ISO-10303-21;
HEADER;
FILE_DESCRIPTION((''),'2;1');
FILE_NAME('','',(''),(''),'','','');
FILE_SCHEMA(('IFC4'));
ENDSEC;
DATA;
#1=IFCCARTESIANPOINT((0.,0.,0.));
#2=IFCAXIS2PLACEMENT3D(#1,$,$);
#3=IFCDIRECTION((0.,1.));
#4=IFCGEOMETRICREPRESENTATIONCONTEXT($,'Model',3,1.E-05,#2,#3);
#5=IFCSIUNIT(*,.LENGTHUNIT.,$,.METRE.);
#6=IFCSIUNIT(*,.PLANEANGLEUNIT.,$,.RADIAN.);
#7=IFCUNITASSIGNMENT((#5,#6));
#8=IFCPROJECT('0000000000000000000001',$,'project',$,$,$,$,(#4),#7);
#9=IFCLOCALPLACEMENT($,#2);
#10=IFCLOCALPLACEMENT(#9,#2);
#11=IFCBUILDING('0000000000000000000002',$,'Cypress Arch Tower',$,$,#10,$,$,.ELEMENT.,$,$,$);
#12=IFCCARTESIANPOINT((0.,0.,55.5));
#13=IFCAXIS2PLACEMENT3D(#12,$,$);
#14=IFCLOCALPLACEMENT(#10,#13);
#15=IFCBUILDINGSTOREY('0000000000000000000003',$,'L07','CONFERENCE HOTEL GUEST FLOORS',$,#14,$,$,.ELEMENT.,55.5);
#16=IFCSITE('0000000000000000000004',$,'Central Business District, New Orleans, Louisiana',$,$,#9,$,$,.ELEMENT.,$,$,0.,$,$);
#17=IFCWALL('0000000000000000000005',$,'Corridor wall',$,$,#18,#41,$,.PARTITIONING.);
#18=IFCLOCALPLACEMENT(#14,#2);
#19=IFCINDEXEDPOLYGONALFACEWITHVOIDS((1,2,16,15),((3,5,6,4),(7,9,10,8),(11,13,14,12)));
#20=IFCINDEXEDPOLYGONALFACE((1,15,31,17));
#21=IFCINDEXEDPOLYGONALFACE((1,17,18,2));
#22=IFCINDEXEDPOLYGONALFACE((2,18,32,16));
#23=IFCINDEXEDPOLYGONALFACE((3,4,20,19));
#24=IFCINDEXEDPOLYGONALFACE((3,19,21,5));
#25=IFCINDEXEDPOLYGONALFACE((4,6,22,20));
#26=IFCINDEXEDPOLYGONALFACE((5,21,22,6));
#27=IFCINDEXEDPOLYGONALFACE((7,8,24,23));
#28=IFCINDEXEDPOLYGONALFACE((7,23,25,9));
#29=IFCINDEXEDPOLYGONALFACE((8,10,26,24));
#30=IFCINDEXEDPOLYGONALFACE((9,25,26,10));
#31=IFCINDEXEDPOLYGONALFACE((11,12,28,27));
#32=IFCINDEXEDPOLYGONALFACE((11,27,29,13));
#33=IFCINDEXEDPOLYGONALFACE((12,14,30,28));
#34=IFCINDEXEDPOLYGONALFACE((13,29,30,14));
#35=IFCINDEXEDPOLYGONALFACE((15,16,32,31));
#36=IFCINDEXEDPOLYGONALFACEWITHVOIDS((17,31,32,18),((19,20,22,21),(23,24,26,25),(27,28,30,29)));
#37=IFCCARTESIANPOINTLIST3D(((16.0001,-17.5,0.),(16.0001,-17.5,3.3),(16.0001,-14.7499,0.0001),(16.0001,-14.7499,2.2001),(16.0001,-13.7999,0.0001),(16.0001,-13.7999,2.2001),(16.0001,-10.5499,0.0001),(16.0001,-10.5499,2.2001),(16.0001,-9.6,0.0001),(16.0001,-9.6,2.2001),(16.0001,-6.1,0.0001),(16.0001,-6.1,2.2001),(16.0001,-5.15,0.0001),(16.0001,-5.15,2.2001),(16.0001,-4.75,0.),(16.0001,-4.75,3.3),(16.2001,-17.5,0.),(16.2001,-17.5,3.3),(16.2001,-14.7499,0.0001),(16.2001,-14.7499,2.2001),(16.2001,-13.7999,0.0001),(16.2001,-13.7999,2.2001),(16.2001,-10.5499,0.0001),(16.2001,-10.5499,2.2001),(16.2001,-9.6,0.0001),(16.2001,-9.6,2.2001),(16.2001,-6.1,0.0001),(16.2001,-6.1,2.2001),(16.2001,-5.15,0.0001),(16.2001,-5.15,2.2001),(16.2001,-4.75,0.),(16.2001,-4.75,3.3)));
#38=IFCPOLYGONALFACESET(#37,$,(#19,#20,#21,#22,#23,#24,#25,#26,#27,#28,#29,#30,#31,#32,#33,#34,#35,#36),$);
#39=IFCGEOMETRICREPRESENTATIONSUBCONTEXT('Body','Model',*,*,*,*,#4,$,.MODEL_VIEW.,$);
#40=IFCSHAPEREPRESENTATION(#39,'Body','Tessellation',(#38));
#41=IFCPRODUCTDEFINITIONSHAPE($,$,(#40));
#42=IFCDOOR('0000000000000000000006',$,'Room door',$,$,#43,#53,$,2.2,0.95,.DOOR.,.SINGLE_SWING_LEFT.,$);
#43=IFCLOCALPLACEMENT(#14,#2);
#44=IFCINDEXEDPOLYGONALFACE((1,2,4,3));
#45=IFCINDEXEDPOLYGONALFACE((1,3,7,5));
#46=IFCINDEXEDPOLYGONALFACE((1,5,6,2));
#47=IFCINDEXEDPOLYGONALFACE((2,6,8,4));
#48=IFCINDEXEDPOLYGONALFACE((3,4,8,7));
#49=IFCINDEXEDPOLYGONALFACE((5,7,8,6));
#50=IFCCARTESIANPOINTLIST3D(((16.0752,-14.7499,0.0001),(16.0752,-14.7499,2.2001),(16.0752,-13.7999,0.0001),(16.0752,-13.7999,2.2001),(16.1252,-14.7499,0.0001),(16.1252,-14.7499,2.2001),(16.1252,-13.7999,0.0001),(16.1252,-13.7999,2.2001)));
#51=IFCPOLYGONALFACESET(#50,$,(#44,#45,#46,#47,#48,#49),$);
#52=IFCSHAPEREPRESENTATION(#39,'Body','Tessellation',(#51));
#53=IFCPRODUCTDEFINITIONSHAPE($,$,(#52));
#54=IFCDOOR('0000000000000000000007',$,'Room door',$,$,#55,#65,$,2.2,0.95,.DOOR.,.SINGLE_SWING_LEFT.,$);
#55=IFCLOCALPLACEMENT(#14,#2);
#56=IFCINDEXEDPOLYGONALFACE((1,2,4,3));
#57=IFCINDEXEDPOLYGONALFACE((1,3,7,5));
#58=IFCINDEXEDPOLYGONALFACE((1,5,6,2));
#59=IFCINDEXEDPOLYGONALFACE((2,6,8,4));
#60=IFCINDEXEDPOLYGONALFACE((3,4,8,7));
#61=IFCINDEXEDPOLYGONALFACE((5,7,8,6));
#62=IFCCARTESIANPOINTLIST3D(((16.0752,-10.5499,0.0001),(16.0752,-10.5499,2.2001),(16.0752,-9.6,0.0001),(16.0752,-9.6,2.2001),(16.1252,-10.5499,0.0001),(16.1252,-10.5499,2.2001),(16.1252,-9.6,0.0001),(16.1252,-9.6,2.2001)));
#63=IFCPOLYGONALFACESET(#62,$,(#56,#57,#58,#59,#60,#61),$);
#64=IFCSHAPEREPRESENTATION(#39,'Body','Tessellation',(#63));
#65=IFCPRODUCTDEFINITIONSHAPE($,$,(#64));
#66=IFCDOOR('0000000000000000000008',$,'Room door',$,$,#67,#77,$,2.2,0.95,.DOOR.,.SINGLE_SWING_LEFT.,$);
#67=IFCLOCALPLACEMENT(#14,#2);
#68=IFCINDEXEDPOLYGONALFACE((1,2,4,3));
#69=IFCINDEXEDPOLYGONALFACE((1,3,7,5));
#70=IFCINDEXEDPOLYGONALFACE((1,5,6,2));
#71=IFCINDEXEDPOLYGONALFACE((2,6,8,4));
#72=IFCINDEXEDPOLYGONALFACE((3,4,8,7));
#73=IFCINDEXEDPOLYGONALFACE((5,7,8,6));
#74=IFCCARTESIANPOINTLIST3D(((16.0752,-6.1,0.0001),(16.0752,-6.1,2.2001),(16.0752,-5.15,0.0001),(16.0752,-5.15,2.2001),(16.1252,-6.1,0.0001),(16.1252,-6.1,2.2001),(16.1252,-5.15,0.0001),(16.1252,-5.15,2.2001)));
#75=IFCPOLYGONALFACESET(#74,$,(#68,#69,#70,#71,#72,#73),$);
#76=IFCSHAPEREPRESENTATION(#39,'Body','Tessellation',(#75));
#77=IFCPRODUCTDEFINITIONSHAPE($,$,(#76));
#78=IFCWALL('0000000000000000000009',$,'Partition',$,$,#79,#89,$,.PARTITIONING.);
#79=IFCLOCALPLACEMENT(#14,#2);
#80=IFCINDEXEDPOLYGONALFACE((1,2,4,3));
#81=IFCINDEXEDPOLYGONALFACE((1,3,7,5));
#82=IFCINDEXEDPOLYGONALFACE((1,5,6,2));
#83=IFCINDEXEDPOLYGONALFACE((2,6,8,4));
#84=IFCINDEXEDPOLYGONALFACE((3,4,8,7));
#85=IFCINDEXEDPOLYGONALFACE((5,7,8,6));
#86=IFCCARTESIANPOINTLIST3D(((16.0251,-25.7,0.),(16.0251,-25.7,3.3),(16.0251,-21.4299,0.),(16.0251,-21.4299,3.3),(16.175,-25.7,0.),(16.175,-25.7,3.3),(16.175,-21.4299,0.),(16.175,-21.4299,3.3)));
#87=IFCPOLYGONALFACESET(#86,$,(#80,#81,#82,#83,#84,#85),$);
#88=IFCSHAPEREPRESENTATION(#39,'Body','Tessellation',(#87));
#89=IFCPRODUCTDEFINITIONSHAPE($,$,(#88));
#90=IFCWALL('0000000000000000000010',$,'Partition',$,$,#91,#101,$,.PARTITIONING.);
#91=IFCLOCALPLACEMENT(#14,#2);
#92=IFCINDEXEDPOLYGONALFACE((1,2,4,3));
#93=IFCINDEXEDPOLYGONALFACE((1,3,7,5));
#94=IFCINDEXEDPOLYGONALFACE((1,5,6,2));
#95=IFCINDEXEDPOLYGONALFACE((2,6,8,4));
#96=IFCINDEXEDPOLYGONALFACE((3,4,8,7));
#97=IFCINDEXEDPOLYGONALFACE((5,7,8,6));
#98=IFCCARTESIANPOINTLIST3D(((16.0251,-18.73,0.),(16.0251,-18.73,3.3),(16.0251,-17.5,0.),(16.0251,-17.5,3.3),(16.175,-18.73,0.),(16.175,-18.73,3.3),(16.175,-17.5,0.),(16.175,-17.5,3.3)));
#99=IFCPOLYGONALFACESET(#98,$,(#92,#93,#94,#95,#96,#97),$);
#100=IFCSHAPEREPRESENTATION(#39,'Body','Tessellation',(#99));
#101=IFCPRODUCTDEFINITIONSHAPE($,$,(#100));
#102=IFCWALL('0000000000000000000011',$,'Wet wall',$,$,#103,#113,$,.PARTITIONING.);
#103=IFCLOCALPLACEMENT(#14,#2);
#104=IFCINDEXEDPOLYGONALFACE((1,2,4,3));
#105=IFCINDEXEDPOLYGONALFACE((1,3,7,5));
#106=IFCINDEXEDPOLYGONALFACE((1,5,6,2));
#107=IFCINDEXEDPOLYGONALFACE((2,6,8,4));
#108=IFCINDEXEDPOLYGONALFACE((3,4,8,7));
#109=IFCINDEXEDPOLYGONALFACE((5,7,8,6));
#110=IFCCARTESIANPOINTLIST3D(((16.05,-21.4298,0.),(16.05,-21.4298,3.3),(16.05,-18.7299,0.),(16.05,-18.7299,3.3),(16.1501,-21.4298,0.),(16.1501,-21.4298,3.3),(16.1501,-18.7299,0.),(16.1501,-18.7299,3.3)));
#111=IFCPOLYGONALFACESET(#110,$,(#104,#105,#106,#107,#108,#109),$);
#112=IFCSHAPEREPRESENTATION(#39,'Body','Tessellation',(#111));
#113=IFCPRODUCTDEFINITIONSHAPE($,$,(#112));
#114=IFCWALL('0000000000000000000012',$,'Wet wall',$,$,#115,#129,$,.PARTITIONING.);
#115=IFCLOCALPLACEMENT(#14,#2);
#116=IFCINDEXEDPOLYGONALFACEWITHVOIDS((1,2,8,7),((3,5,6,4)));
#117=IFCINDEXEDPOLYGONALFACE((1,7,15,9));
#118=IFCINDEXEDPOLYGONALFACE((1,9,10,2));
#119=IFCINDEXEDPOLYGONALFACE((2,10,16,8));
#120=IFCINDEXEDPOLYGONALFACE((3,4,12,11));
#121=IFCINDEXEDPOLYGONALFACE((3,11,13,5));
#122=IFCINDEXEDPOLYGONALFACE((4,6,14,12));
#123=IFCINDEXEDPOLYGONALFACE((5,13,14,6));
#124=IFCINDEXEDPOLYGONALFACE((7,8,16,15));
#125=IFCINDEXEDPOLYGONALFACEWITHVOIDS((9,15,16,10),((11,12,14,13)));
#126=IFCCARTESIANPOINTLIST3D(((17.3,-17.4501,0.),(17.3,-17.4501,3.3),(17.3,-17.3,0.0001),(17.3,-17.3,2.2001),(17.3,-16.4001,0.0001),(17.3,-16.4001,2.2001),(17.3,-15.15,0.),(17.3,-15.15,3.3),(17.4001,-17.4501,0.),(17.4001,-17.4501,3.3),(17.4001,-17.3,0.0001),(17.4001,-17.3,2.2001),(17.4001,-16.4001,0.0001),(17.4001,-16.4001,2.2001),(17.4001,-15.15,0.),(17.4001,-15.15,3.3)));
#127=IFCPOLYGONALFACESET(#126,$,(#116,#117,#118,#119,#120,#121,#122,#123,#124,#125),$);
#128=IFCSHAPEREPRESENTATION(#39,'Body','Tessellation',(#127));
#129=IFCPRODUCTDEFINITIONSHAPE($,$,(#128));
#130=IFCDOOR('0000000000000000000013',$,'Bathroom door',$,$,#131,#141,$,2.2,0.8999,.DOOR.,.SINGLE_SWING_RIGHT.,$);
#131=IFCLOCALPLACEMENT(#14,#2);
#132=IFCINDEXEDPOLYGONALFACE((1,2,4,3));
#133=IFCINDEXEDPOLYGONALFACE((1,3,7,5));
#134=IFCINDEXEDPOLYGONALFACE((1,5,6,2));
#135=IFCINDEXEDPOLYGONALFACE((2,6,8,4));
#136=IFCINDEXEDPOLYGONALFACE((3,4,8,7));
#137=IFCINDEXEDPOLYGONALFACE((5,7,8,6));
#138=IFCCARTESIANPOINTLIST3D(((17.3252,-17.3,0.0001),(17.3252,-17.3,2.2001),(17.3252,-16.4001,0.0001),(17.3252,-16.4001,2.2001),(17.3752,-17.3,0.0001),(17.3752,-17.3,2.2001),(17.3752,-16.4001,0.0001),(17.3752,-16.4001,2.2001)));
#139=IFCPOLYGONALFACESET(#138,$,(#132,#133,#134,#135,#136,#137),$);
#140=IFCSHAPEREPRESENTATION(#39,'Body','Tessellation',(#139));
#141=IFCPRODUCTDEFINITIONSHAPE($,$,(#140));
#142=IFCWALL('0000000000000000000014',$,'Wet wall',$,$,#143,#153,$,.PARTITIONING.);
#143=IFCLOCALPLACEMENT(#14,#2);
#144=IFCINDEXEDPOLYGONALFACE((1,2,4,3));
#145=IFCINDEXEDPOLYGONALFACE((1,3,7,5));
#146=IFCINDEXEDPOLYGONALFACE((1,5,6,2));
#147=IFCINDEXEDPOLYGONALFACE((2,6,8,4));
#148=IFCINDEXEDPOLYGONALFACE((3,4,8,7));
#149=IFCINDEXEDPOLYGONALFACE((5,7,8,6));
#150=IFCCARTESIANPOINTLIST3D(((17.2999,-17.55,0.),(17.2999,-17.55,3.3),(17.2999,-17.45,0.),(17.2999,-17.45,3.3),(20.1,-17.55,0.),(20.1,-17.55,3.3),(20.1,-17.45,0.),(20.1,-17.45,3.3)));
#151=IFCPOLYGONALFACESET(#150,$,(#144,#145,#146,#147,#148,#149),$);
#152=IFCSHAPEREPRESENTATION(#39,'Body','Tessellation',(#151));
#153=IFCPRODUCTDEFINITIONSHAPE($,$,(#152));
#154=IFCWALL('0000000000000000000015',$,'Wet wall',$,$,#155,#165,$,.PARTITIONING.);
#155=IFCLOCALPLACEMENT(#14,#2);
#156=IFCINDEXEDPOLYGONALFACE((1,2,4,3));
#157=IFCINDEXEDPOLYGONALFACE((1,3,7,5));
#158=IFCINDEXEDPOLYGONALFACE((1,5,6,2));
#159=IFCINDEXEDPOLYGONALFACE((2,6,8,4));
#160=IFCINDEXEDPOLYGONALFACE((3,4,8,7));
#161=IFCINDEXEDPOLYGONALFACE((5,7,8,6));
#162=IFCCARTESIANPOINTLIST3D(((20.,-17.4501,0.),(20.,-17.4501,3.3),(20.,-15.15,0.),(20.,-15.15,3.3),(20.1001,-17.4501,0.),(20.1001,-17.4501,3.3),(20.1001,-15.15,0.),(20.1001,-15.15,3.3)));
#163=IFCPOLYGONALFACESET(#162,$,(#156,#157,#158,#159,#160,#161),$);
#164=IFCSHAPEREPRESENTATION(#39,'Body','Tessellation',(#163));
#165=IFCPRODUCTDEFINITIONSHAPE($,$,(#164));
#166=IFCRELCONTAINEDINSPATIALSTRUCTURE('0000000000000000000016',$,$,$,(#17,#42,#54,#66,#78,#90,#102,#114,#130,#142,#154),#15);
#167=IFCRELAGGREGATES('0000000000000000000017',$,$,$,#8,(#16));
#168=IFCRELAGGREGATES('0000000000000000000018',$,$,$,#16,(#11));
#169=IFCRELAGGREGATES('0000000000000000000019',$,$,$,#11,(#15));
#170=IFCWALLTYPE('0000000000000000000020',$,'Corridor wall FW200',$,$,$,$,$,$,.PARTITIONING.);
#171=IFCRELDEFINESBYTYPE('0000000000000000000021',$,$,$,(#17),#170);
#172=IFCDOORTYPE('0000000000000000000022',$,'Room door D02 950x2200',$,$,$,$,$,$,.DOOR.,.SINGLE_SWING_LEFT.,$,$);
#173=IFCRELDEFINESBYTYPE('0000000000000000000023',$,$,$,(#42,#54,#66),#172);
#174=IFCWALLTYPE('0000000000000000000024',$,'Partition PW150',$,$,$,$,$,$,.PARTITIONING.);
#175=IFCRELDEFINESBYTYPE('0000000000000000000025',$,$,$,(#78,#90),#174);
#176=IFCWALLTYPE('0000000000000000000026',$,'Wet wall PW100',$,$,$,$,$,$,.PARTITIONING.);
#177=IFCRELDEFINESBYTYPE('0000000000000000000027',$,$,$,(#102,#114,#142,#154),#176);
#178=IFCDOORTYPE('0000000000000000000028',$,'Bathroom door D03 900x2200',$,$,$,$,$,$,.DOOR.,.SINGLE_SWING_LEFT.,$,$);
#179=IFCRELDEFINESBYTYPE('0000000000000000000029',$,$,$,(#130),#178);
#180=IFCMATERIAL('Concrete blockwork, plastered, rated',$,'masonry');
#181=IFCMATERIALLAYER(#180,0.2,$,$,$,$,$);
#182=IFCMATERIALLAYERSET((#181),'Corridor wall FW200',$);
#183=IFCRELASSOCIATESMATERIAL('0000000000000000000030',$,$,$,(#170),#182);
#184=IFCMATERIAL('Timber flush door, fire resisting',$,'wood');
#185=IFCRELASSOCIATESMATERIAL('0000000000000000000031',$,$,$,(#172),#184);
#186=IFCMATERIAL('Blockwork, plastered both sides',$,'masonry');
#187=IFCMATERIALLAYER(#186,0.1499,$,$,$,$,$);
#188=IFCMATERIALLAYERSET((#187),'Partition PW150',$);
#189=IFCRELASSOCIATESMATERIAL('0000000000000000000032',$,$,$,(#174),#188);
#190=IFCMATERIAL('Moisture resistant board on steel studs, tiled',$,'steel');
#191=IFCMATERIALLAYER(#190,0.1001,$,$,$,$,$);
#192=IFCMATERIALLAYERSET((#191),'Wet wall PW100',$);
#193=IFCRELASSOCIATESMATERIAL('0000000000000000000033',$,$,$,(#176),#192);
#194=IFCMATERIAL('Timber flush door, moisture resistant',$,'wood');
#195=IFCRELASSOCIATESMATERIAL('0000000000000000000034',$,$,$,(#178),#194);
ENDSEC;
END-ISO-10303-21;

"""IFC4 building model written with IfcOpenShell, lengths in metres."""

from ifc_helpers import new_model, si_unit, direction, frame, frame_2d, origin, place, context, subcontext, project, spatial, rectangle, extrude, material, layer, layer_set, type_object, element, fill, save


model = new_model("IFC4")

# Units and contexts
model_context = context("Model", 3, precision=1e-05, world=origin(), true_north=direction((0.0, 1.0)))
body_context = subcontext(model_context, "Body", "Model", "MODEL_VIEW")
ifc_project = project(units=[si_unit("LENGTHUNIT", "METRE"), si_unit("PLANEANGLEUNIT", "RADIAN")], contexts=[model_context])

# Site, building, storey
site_placement = place(None, origin())
site = spatial("IfcSite", under=ifc_project, at=site_placement, Name="Central Business District, New Orleans, Louisiana", CompositionType="ELEMENT", RefElevation=0.0)
building_placement = place(site_placement, origin())
building = spatial("IfcBuilding", under=site, at=building_placement, Name="Cypress Arch Tower", CompositionType="ELEMENT")
storey_placement = place(building_placement, frame((0.0, 0.0, 55.5)))
storey = spatial("IfcBuildingStorey", under=building, at=storey_placement, Name="L07", Description="CONFERENCE HOTEL GUEST FLOORS", CompositionType="ELEMENT", Elevation=55.5)

# Wall, openings, doors
ifc_material_1 = material(Name="Concrete blockwork, plastered, rated", Category="masonry")
ifc_layer_1 = layer(ifc_material_1, 0.2)
ifc_layer_set_1 = layer_set([ifc_layer_1], Name="Corridor wall FW200")
wall_type_1 = type_object("IfcWallType", Name="Corridor wall FW200", PredefinedType="PARTITIONING", material=ifc_layer_set_1)
wall_1_placement = place(storey_placement, frame((16.1001, -17.5, 0.0), z_axis=(0.0, 0.0, 1.0), x_axis=(0.0, 1.0, 0.0)))
wall_1 = element("IfcWall", 1, at=wall_1_placement, inside=storey, type_object=wall_type_1, Name="Corridor wall", PredefinedType="PARTITIONING", context=body_context, shape_type="SweptSolid", body=[
    extrude(rectangle(XDim=12.75, YDim=0.2, at=frame_2d((6.375, 0.0))), origin(), (0.0, 0.0, 1.0), 3.3),
])
opening_1_placement = place(wall_1_placement, frame((2.75, 0.0, 0.0)))
opening_1 = element("IfcOpeningElement", 2, at=opening_1_placement, cuts=wall_1, PredefinedType="OPENING", context=body_context, shape_type="SweptSolid", body=[
    extrude(rectangle(XDim=0.95, YDim=2.2, at=frame_2d((0.4751, 1.1001))), frame((0.0, 0.1099, 0.0), z_axis=(0.0, -1.0, 0.0), x_axis=(1.0, 0.0, 0.0)), (0.0, 0.0, 1.0), 0.22),
])
opening_2_placement = place(wall_1_placement, frame((6.95, 0.0, 0.0)))
opening_2 = element("IfcOpeningElement", 3, at=opening_2_placement, cuts=wall_1, PredefinedType="OPENING", context=body_context, shape_type="SweptSolid", body=[
    extrude(rectangle(XDim=0.95, YDim=2.2, at=frame_2d((0.4751, 1.1001))), frame((0.0, 0.1099, 0.0), z_axis=(0.0, -1.0, 0.0), x_axis=(1.0, 0.0, 0.0)), (0.0, 0.0, 1.0), 0.22),
])
opening_3_placement = place(wall_1_placement, frame((11.3999, 0.0, 0.0)))
opening_3 = element("IfcOpeningElement", 4, at=opening_3_placement, cuts=wall_1, PredefinedType="OPENING", context=body_context, shape_type="SweptSolid", body=[
    extrude(rectangle(XDim=0.95, YDim=2.2, at=frame_2d((0.4751, 1.1001))), frame((0.0, 0.1099, 0.0), z_axis=(0.0, -1.0, 0.0), x_axis=(1.0, 0.0, 0.0)), (0.0, 0.0, 1.0), 0.22),
])
ifc_material_2 = material(Name="Timber flush door, fire resisting", Category="wood")
door_type_1 = type_object("IfcDoorType", Name="Room door D02 950x2200", OperationType="SINGLE_SWING_LEFT", PredefinedType="DOOR", material=ifc_material_2)
door_1_placement = place(opening_1_placement, origin())
door_1 = element("IfcDoor", 5, at=door_1_placement, inside=storey, type_object=door_type_1, Name="Room door", OperationType="SINGLE_SWING_LEFT", OverallHeight=2.2, OverallWidth=0.95, PredefinedType="DOOR", context=body_context, shape_type="SweptSolid", body=[
    extrude(rectangle(XDim=0.95, YDim=2.2, at=frame_2d((0.4751, 1.1001))), frame((0.0, 0.0249, 0.0), z_axis=(0.0, -1.0, 0.0), x_axis=(1.0, 0.0, 0.0)), (0.0, 0.0, 1.0), 0.05),
])
fill(opening_1, door_1)
door_2_placement = place(opening_2_placement, origin())
door_2 = element("IfcDoor", 6, at=door_2_placement, inside=storey, type_object=door_type_1, Name="Room door", OperationType="SINGLE_SWING_LEFT", OverallHeight=2.2, OverallWidth=0.95, PredefinedType="DOOR", context=body_context, shape_type="SweptSolid", body=[
    extrude(rectangle(XDim=0.95, YDim=2.2, at=frame_2d((0.4751, 1.1001))), frame((0.0, 0.0249, 0.0), z_axis=(0.0, -1.0, 0.0), x_axis=(1.0, 0.0, 0.0)), (0.0, 0.0, 1.0), 0.05),
])
fill(opening_2, door_2)
door_3_placement = place(opening_3_placement, origin())
door_3 = element("IfcDoor", 7, at=door_3_placement, inside=storey, type_object=door_type_1, Name="Room door", OperationType="SINGLE_SWING_LEFT", OverallHeight=2.2, OverallWidth=0.95, PredefinedType="DOOR", context=body_context, shape_type="SweptSolid", body=[
    extrude(rectangle(XDim=0.95, YDim=2.2, at=frame_2d((0.4751, 1.1001))), frame((0.0, 0.0249, 0.0), z_axis=(0.0, -1.0, 0.0), x_axis=(1.0, 0.0, 0.0)), (0.0, 0.0, 1.0), 0.05),
])
fill(opening_3, door_3)

# Walls
ifc_material_3 = material(Name="Blockwork, plastered both sides", Category="masonry")
ifc_layer_2 = layer(ifc_material_3, 0.1499)
ifc_layer_set_2 = layer_set([ifc_layer_2], Name="Partition PW150")
wall_type_2 = type_object("IfcWallType", Name="Partition PW150", PredefinedType="PARTITIONING", material=ifc_layer_set_2)
wall_2_placement = place(storey_placement, frame((16.1001, -25.7, 0.0), z_axis=(0.0, 0.0, 1.0), x_axis=(0.0, 1.0, 0.0)))
element("IfcWall", 8, at=wall_2_placement, inside=storey, type_object=wall_type_2, Name="Partition", PredefinedType="PARTITIONING", context=body_context, shape_type="SweptSolid", body=[
    extrude(rectangle(XDim=4.27, YDim=0.1499, at=frame_2d((2.135, 0.0))), origin(), (0.0, 0.0, 1.0), 3.3),
])
wall_3_placement = place(storey_placement, frame((16.1001, -18.73, 0.0), z_axis=(0.0, 0.0, 1.0), x_axis=(0.0, 1.0, 0.0)))
element("IfcWall", 9, at=wall_3_placement, inside=storey, type_object=wall_type_2, Name="Partition", PredefinedType="PARTITIONING", context=body_context, shape_type="SweptSolid", body=[
    extrude(rectangle(XDim=1.23, YDim=0.1499, at=frame_2d((0.615, 0.0))), origin(), (0.0, 0.0, 1.0), 3.3),
])
ifc_material_4 = material(Name="Moisture resistant board on steel studs, tiled", Category="steel")
ifc_layer_3 = layer(ifc_material_4, 0.1001)
ifc_layer_set_3 = layer_set([ifc_layer_3], Name="Wet wall PW100")
wall_type_3 = type_object("IfcWallType", Name="Wet wall PW100", PredefinedType="PARTITIONING", material=ifc_layer_set_3)
wall_4_placement = place(storey_placement, frame((16.1001, -21.4299, 0.0), z_axis=(0.0, 0.0, 1.0), x_axis=(0.0, 1.0, 0.0)))
element("IfcWall", 10, at=wall_4_placement, inside=storey, type_object=wall_type_3, Name="Wet wall", PredefinedType="PARTITIONING", context=body_context, shape_type="SweptSolid", body=[
    extrude(rectangle(XDim=2.7, YDim=0.1001, at=frame_2d((1.3501, 0.0))), origin(), (0.0, 0.0, 1.0), 3.3),
])

# Wall, opening, door
wall_5_placement = place(storey_placement, frame((17.3501, -17.45, 0.0), z_axis=(0.0, 0.0, 1.0), x_axis=(0.0, 1.0, 0.0)))
wall_5 = element("IfcWall", 11, at=wall_5_placement, inside=storey, type_object=wall_type_3, Name="Wet wall", PredefinedType="PARTITIONING", context=body_context, shape_type="SweptSolid", body=[
    extrude(rectangle(XDim=2.3, YDim=0.1001, at=frame_2d((1.1499, 0.0))), origin(), (0.0, 0.0, 1.0), 3.3),
])
opening_4_placement = place(wall_5_placement, frame((0.1499, 0.0, 0.0)))
opening_4 = element("IfcOpeningElement", 12, at=opening_4_placement, cuts=wall_5, PredefinedType="OPENING", context=body_context, shape_type="SweptSolid", body=[
    extrude(rectangle(XDim=0.8999, YDim=2.2, at=frame_2d((0.45, 1.1001))), frame((0.0, 0.0601, 0.0), z_axis=(0.0, -1.0, 0.0), x_axis=(1.0, 0.0, 0.0)), (0.0, 0.0, 1.0), 0.1201),
])
ifc_material_5 = material(Name="Timber flush door, moisture resistant", Category="wood")
door_type_2 = type_object("IfcDoorType", Name="Bathroom door D03 900x2200", OperationType="SINGLE_SWING_LEFT", PredefinedType="DOOR", material=ifc_material_5)
door_4_placement = place(opening_4_placement, origin())
door_4 = element("IfcDoor", 13, at=door_4_placement, inside=storey, type_object=door_type_2, Name="Bathroom door", OperationType="SINGLE_SWING_RIGHT", OverallHeight=2.2, OverallWidth=0.8999, PredefinedType="DOOR", context=body_context, shape_type="SweptSolid", body=[
    extrude(rectangle(XDim=0.8999, YDim=2.2, at=frame_2d((0.45, 1.1001))), frame((0.0, 0.0249, 0.0), z_axis=(0.0, -1.0, 0.0), x_axis=(1.0, 0.0, 0.0)), (0.0, 0.0, 1.0), 0.05),
])
fill(opening_4, door_4)

# Walls
wall_6_placement = place(storey_placement, frame((17.3, -17.5, 0.0), z_axis=(0.0, 0.0, 1.0), x_axis=(1.0, 0.0, 0.0)))
element("IfcWall", 14, at=wall_6_placement, inside=storey, type_object=wall_type_3, Name="Wet wall", PredefinedType="PARTITIONING", context=body_context, shape_type="SweptSolid", body=[
    extrude(rectangle(XDim=2.8, YDim=0.1001, at=frame_2d((1.3999, 0.0))), origin(), (0.0, 0.0, 1.0), 3.3),
])
wall_7_placement = place(storey_placement, frame((20.05, -17.45, 0.0), z_axis=(0.0, 0.0, 1.0), x_axis=(0.0, 1.0, 0.0)))
element("IfcWall", 15, at=wall_7_placement, inside=storey, type_object=wall_type_3, Name="Wet wall", PredefinedType="PARTITIONING", context=body_context, shape_type="SweptSolid", body=[
    extrude(rectangle(XDim=2.3, YDim=0.1001, at=frame_2d((1.1499, 0.0))), origin(), (0.0, 0.0, 1.0), 3.3),
])

save(model, "model.ifc")
